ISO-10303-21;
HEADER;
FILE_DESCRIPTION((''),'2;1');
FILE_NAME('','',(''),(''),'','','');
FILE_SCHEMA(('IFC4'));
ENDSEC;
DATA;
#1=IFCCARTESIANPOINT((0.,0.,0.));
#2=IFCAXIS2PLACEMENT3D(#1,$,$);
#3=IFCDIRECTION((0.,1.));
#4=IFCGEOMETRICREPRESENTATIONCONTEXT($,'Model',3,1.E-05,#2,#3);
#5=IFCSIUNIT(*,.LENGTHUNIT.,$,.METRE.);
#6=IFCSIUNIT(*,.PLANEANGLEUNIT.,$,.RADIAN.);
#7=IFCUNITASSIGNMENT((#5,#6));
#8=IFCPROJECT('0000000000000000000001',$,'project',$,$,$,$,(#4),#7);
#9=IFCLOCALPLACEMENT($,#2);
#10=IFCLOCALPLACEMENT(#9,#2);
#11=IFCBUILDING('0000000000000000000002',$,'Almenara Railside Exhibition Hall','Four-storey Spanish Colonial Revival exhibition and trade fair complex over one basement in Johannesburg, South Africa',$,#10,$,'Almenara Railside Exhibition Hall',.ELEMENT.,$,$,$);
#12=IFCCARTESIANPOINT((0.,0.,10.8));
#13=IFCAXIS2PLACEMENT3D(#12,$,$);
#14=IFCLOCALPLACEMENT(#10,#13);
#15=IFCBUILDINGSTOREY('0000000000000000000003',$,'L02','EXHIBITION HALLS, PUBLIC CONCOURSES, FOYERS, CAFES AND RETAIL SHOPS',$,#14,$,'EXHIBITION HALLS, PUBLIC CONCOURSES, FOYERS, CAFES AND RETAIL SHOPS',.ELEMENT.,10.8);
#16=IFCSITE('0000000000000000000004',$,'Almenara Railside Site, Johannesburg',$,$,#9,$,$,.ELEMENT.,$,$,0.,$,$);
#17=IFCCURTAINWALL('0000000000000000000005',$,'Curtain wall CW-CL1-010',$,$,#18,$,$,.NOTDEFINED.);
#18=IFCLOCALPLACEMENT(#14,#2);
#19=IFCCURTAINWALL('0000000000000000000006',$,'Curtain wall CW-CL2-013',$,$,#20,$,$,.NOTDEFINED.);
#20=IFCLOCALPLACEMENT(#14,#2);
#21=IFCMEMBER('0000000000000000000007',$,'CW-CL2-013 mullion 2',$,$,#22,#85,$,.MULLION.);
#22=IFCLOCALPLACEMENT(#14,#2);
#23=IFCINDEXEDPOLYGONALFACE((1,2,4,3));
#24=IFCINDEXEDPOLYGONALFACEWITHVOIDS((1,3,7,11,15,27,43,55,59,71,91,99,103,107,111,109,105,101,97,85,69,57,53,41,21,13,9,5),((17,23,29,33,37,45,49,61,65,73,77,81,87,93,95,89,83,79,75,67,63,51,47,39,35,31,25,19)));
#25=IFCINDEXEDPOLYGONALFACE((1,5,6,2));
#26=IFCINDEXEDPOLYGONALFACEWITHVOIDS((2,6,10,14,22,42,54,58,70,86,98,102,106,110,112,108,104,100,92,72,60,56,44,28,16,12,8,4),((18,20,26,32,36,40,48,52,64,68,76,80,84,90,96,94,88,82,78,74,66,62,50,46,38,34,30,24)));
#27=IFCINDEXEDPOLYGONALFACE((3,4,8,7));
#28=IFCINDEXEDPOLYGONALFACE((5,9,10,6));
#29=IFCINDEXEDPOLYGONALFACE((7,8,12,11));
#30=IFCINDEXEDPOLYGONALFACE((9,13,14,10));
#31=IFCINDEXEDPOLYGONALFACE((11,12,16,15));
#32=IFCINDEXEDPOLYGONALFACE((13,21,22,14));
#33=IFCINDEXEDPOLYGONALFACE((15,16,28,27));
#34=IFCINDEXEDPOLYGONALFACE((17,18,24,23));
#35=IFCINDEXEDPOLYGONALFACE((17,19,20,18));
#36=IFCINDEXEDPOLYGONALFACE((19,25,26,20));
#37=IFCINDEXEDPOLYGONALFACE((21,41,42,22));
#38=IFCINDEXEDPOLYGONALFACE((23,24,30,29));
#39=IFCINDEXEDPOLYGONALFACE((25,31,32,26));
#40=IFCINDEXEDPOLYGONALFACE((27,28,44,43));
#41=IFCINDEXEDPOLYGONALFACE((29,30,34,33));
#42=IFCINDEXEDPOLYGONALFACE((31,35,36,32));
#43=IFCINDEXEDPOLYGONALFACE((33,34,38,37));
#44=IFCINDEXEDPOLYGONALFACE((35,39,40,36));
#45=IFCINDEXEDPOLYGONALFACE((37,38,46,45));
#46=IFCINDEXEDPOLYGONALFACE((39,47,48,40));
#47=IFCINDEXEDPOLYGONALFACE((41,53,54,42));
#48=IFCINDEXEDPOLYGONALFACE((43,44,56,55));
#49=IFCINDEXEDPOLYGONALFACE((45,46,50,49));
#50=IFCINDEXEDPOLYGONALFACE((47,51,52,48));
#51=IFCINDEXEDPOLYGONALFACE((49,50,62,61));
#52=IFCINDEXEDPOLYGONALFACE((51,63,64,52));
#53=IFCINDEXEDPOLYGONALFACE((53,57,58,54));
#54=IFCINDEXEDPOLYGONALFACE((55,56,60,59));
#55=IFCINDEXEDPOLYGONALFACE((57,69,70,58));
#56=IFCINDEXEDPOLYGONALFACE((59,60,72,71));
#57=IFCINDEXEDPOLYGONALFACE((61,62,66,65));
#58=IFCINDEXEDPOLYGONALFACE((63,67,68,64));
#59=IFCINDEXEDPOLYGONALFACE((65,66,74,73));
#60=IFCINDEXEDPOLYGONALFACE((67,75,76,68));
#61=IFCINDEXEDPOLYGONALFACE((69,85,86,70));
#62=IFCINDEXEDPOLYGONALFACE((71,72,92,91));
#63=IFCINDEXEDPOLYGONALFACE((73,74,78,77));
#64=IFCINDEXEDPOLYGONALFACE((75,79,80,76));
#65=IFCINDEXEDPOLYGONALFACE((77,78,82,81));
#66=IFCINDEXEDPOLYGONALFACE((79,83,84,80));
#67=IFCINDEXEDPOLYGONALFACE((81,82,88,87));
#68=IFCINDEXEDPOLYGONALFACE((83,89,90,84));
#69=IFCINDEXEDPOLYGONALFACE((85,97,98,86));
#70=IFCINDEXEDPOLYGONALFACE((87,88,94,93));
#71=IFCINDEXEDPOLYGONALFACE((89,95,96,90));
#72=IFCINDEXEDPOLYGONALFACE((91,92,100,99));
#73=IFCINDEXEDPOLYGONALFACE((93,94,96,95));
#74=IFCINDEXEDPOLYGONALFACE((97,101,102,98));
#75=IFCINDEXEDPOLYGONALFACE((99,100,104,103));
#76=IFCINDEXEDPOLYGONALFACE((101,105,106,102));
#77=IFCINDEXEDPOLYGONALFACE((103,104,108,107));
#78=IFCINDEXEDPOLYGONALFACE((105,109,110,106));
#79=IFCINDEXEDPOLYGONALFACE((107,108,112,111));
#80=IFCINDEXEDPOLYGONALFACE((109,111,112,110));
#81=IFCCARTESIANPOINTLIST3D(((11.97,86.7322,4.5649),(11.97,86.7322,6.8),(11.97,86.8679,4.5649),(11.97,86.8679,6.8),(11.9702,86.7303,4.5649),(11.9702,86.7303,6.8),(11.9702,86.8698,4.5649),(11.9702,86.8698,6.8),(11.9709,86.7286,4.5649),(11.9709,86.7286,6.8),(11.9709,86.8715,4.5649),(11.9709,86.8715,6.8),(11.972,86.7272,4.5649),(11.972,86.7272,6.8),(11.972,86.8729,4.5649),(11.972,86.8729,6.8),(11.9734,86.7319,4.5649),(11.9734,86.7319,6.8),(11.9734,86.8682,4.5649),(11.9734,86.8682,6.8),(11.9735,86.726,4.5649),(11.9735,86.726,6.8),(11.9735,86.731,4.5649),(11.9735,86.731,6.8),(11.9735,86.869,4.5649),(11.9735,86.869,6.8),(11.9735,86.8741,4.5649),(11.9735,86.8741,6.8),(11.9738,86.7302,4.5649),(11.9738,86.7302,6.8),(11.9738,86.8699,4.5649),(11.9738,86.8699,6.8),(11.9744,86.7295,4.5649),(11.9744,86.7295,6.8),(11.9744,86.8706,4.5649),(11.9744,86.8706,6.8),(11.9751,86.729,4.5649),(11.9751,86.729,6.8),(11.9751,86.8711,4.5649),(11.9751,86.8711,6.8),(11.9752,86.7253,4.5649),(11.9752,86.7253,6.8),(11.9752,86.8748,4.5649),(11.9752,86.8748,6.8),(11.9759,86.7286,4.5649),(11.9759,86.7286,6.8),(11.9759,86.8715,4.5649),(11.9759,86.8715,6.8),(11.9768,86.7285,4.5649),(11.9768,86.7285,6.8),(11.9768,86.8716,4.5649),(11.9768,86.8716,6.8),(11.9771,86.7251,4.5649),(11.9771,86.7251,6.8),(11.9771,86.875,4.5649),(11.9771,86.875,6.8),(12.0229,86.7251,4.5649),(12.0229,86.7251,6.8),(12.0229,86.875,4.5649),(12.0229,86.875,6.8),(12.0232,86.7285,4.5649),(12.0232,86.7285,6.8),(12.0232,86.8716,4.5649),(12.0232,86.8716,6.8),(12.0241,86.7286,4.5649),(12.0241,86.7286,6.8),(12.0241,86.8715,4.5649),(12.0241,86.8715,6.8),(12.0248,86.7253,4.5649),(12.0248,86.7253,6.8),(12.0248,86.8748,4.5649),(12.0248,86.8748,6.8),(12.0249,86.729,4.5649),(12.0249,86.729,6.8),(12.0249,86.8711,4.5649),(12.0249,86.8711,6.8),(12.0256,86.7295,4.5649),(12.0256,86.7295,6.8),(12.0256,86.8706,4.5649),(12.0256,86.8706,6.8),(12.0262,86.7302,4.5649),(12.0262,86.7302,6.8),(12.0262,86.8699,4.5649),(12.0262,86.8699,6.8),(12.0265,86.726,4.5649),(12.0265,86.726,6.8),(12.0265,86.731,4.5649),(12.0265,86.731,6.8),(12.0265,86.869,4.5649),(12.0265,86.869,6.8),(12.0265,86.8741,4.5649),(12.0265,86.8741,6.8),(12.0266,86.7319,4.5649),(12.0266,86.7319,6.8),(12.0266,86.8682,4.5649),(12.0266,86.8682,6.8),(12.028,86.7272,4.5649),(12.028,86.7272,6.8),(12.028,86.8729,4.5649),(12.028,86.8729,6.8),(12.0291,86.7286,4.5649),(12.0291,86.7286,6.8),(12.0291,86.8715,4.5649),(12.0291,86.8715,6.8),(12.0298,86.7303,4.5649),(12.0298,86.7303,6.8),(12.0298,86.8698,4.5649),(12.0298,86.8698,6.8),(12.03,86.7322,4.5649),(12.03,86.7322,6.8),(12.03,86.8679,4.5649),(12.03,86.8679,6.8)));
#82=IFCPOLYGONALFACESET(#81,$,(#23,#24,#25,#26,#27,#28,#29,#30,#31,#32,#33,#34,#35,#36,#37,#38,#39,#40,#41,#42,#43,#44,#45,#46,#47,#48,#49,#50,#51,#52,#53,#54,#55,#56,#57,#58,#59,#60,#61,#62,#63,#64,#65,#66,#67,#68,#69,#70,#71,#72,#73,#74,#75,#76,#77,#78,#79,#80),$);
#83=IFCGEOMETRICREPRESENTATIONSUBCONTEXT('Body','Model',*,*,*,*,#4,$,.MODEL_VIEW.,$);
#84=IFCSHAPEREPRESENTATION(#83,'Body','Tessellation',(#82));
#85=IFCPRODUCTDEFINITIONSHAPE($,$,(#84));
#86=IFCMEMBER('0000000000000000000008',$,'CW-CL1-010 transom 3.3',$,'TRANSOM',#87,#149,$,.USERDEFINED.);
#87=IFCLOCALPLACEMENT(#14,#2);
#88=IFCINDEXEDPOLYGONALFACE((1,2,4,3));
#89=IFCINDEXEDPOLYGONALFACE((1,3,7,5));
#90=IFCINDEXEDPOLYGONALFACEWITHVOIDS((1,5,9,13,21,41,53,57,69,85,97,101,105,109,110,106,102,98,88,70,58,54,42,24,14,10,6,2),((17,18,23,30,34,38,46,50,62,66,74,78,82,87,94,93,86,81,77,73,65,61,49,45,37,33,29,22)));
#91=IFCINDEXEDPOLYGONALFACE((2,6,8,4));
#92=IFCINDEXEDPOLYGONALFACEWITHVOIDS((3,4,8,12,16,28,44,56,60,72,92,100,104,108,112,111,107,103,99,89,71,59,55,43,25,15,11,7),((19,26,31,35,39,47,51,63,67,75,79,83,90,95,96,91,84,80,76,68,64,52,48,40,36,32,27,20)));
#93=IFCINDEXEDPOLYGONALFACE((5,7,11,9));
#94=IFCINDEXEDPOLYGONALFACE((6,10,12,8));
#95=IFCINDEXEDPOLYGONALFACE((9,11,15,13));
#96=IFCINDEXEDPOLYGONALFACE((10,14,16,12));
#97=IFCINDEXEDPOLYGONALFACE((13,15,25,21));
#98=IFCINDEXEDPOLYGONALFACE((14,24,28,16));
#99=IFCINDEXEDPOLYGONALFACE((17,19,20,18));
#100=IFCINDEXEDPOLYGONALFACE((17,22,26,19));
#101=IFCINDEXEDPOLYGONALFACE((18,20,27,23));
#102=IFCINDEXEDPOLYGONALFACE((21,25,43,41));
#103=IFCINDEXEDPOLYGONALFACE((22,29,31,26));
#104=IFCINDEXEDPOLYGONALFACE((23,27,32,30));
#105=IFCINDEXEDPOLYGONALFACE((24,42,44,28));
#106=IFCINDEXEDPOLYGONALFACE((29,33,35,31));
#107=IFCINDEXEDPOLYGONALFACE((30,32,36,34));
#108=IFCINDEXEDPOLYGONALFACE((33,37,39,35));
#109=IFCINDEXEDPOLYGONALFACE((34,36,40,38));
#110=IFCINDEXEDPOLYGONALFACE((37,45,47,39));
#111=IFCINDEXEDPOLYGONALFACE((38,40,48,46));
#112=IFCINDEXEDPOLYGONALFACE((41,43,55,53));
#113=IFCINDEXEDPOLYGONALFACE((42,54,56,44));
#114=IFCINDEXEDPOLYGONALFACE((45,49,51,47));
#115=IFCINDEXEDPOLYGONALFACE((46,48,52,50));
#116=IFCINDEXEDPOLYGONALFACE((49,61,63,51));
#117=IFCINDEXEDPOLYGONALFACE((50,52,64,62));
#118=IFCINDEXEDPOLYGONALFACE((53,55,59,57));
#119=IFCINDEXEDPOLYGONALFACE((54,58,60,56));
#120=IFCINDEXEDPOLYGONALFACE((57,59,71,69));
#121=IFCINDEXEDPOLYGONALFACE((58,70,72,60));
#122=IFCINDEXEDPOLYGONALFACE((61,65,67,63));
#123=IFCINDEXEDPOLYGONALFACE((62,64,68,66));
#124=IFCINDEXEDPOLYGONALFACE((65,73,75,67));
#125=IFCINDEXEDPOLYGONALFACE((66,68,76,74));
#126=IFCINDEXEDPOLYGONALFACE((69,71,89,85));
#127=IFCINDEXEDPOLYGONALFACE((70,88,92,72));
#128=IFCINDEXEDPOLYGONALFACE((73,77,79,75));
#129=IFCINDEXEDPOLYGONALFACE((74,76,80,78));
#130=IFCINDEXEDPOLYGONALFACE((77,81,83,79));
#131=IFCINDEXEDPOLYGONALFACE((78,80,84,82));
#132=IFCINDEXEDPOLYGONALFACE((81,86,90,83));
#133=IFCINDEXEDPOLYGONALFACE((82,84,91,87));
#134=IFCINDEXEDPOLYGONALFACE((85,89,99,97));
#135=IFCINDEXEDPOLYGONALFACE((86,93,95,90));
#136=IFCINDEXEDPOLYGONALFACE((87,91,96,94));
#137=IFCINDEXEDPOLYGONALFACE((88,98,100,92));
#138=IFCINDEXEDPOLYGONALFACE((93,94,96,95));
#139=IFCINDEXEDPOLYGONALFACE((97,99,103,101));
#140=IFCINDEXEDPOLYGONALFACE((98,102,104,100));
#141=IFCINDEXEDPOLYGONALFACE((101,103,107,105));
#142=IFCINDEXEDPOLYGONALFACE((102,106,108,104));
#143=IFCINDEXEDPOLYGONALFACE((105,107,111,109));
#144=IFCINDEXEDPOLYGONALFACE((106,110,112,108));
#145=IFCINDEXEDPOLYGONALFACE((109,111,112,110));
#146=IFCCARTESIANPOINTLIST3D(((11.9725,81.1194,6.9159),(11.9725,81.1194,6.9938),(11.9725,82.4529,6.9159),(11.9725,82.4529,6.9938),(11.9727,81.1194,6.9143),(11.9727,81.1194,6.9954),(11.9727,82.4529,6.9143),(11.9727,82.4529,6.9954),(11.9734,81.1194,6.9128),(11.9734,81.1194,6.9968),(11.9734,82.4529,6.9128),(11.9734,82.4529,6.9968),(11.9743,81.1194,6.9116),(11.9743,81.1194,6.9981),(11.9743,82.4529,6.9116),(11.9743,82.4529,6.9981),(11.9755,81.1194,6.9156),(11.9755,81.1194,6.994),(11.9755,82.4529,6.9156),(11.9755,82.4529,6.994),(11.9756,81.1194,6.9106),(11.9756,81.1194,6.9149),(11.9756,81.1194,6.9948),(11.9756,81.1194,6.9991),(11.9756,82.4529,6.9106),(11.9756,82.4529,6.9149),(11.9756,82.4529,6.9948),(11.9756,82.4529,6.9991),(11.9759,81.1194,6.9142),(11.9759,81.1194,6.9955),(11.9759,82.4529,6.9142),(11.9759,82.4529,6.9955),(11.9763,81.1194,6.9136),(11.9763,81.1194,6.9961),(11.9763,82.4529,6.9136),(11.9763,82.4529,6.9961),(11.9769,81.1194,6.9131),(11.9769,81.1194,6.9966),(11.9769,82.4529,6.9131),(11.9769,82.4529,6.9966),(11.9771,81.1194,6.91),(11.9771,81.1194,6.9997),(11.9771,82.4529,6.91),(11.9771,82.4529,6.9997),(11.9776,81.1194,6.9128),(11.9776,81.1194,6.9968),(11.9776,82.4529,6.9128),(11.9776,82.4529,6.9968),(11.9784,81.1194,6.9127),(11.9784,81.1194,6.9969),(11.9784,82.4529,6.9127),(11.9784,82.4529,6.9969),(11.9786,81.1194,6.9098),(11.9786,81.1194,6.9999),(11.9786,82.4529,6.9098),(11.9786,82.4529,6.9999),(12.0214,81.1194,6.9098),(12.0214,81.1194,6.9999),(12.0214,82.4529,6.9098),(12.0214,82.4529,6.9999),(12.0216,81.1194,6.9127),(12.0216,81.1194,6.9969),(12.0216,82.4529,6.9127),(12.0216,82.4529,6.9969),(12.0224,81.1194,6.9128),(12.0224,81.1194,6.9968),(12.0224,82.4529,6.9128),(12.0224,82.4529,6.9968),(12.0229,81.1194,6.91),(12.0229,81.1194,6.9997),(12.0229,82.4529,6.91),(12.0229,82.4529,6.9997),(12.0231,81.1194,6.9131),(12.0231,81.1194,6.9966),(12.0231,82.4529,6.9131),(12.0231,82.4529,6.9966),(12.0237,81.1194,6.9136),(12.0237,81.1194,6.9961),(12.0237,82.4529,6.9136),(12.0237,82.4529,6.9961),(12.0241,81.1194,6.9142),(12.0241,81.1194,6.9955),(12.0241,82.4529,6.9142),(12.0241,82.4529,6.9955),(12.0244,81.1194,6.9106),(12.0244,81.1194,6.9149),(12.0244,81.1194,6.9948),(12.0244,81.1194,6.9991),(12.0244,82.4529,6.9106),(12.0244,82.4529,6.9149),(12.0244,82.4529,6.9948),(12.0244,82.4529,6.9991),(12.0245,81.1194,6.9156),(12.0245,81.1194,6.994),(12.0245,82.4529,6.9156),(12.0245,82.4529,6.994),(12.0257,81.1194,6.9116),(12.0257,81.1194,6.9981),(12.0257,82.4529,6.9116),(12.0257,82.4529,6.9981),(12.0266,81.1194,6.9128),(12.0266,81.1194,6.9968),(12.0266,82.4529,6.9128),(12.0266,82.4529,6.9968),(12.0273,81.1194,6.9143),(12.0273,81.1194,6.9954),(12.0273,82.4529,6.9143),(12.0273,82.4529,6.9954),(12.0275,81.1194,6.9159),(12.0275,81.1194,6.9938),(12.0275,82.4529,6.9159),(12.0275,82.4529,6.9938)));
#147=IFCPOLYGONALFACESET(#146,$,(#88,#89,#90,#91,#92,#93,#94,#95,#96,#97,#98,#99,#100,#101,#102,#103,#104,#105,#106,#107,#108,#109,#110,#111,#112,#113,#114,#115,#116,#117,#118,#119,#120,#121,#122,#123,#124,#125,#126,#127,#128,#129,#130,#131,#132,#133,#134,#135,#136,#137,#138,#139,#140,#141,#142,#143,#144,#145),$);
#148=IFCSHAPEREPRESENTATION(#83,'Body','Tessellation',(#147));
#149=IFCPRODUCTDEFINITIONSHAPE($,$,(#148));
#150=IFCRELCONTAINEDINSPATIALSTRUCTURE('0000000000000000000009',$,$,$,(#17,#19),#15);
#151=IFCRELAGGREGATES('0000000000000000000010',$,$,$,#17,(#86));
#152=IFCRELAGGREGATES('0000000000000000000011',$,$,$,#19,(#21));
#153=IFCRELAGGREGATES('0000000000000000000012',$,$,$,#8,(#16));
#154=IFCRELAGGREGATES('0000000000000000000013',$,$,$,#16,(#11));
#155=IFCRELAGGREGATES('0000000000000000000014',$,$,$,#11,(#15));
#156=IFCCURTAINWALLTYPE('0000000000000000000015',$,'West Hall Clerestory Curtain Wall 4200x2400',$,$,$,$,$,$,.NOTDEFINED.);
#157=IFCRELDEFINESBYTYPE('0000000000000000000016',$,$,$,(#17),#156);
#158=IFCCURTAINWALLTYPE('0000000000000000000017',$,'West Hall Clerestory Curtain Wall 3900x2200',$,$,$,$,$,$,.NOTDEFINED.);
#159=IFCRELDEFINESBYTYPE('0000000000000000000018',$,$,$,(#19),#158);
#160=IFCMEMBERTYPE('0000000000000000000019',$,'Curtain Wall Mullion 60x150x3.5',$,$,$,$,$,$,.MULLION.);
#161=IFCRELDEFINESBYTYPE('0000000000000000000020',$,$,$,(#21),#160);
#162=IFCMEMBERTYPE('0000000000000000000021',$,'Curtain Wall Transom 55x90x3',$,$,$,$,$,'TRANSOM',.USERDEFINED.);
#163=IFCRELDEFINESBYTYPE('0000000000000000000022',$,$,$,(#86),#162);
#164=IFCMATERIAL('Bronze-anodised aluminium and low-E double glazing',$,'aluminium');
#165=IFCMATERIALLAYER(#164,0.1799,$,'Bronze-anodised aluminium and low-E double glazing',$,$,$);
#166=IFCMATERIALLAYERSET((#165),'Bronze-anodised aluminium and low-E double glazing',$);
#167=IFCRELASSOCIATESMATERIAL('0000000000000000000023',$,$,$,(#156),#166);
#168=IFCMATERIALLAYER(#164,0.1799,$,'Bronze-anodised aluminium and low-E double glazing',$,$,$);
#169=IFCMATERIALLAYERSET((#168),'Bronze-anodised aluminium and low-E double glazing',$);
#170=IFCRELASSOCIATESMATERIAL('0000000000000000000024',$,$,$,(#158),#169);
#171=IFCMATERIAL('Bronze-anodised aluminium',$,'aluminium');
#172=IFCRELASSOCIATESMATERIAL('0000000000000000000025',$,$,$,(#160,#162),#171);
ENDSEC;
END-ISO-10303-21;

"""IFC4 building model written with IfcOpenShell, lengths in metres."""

from ifc_helpers import new_model, si_unit, direction, frame, origin, origin_2d, place, context, subcontext, project, spatial, hollow_rectangle, extrude, material, layer, layer_set, material_profile, profile_set, type_object, element, aggregate, save


model = new_model("IFC4")

# Units and contexts
model_context = context("Model", 3, precision=1e-05, world=origin(), true_north=direction((0.0, 1.0)))
body_context = subcontext(model_context, "Body", "Model", "MODEL_VIEW")
ifc_project = project(units=[si_unit("LENGTHUNIT", "METRE"), si_unit("PLANEANGLEUNIT", "RADIAN")], contexts=[model_context])

# Site, building, storey
site_placement = place(None, origin())
site = spatial("IfcSite", under=ifc_project, at=site_placement, Name="Almenara Railside Site, Johannesburg", CompositionType="ELEMENT", RefElevation=0.0)
building_placement = place(site_placement, origin())
building = spatial("IfcBuilding", under=site, at=building_placement, Name="Almenara Railside Exhibition Hall", Description="Four-storey Spanish Colonial Revival exhibition and trade fair complex over one basement in Johannesburg, South Africa", LongName="Almenara Railside Exhibition Hall", CompositionType="ELEMENT")
storey_placement = place(building_placement, frame((0.0, 0.0, 10.8)))
storey = spatial("IfcBuildingStorey", under=building, at=storey_placement, Name="L02", Description="EXHIBITION HALLS, PUBLIC CONCOURSES, FOYERS, CAFES AND RETAIL SHOPS", LongName="EXHIBITION HALLS, PUBLIC CONCOURSES, FOYERS, CAFES AND RETAIL SHOPS", CompositionType="ELEMENT", Elevation=10.8)

# Curtain wall
ifc_material_1 = material(Name="Bronze-anodised aluminium and low-E double glazing", Category="aluminium")
ifc_layer_1 = layer(ifc_material_1, 0.1799, Name="Bronze-anodised aluminium and low-E double glazing")
ifc_layer_set_1 = layer_set([ifc_layer_1], Name="Bronze-anodised aluminium and low-E double glazing")
curtain_wall_type_1 = type_object("IfcCurtainWallType", Name="West Hall Clerestory Curtain Wall 4200x2400", PredefinedType="NOTDEFINED", material=ifc_layer_set_1)
curtain_wall_1_placement = place(storey_placement, origin())
curtain_wall_1 = element("IfcCurtainWall", 1, at=curtain_wall_1_placement, inside=storey, type_object=curtain_wall_type_1, Name="Curtain wall CW-CL1-010", PredefinedType="NOTDEFINED")
ifc_material_2 = material(Name="Bronze-anodised aluminium", Category="aluminium")

# Curtain wall, member
ifc_layer_2 = layer(ifc_material_1, 0.1799, Name="Bronze-anodised aluminium and low-E double glazing")
ifc_layer_set_2 = layer_set([ifc_layer_2], Name="Bronze-anodised aluminium and low-E double glazing")
curtain_wall_type_2 = type_object("IfcCurtainWallType", Name="West Hall Clerestory Curtain Wall 3900x2200", PredefinedType="NOTDEFINED", material=ifc_layer_set_2)
curtain_wall_2_placement = place(storey_placement, origin())
curtain_wall_2 = element("IfcCurtainWall", 2, at=curtain_wall_2_placement, inside=storey, type_object=curtain_wall_type_2, Name="Curtain wall CW-CL2-013", PredefinedType="NOTDEFINED")
ifc_material_profile_1 = material_profile(ifc_material_2, hollow_rectangle(XDim=0.0601, YDim=0.1499, WallThickness=0.0034, InnerFilletRadius=0.0034, OuterFilletRadius=0.0071, at=origin_2d()), Name="ALU-MUL 60x150x3.5")
ifc_profile_set_1 = profile_set([ifc_material_profile_1], Name="Bronze-anodised aluminium")
member_type_1 = type_object("IfcMemberType", Name="Curtain Wall Mullion 60x150x3.5", PredefinedType="MULLION", material=ifc_profile_set_1)
member_1_placement = place(storey_placement, frame((12.0, 86.8, 4.5649), z_axis=(0.0, 0.0, 1.0), x_axis=(-1.0, 0.0, 0.0)))
member_1 = element("IfcMember", 3, at=member_1_placement, type_object=member_type_1, Name="CW-CL2-013 mullion 2", PredefinedType="MULLION", context=body_context, shape_type="SweptSolid", body=[
    extrude(hollow_rectangle(XDim=0.0601, YDim=0.1499, WallThickness=0.0034, InnerFilletRadius=0.0034, OuterFilletRadius=0.0071, at=origin_2d()), origin(), (0.0, 0.0, 1.0), 2.2351),
])

# Member
ifc_material_profile_2 = material_profile(ifc_material_2, hollow_rectangle(XDim=0.0549, YDim=0.0901, WallThickness=0.0029, InnerFilletRadius=0.0029, OuterFilletRadius=0.0061, at=origin_2d()), Name="ALU-TRN 55x90x3")
ifc_profile_set_2 = profile_set([ifc_material_profile_2], Name="Bronze-anodised aluminium")
member_type_2 = type_object("IfcMemberType", Name="Curtain Wall Transom 55x90x3", ElementType="TRANSOM", PredefinedType="USERDEFINED", material=ifc_profile_set_2)
member_2_placement = place(storey_placement, frame((12.0, 81.1194, 6.9548), z_axis=(0.0, 1.0, 0.0), x_axis=(-1.0, 0.0, 0.0)))
member_2 = element("IfcMember", 4, at=member_2_placement, type_object=member_type_2, Name="CW-CL1-010 transom 3.3", ObjectType="TRANSOM", PredefinedType="USERDEFINED", context=body_context, shape_type="SweptSolid", body=[
    extrude(hollow_rectangle(XDim=0.0549, YDim=0.0901, WallThickness=0.0029, InnerFilletRadius=0.0029, OuterFilletRadius=0.0061, at=origin_2d()), origin(), (0.0, 0.0, 1.0), 1.3335),
])

aggregate(curtain_wall_1, [member_2])
aggregate(curtain_wall_2, [member_1])

save(model, "model.ifc")
